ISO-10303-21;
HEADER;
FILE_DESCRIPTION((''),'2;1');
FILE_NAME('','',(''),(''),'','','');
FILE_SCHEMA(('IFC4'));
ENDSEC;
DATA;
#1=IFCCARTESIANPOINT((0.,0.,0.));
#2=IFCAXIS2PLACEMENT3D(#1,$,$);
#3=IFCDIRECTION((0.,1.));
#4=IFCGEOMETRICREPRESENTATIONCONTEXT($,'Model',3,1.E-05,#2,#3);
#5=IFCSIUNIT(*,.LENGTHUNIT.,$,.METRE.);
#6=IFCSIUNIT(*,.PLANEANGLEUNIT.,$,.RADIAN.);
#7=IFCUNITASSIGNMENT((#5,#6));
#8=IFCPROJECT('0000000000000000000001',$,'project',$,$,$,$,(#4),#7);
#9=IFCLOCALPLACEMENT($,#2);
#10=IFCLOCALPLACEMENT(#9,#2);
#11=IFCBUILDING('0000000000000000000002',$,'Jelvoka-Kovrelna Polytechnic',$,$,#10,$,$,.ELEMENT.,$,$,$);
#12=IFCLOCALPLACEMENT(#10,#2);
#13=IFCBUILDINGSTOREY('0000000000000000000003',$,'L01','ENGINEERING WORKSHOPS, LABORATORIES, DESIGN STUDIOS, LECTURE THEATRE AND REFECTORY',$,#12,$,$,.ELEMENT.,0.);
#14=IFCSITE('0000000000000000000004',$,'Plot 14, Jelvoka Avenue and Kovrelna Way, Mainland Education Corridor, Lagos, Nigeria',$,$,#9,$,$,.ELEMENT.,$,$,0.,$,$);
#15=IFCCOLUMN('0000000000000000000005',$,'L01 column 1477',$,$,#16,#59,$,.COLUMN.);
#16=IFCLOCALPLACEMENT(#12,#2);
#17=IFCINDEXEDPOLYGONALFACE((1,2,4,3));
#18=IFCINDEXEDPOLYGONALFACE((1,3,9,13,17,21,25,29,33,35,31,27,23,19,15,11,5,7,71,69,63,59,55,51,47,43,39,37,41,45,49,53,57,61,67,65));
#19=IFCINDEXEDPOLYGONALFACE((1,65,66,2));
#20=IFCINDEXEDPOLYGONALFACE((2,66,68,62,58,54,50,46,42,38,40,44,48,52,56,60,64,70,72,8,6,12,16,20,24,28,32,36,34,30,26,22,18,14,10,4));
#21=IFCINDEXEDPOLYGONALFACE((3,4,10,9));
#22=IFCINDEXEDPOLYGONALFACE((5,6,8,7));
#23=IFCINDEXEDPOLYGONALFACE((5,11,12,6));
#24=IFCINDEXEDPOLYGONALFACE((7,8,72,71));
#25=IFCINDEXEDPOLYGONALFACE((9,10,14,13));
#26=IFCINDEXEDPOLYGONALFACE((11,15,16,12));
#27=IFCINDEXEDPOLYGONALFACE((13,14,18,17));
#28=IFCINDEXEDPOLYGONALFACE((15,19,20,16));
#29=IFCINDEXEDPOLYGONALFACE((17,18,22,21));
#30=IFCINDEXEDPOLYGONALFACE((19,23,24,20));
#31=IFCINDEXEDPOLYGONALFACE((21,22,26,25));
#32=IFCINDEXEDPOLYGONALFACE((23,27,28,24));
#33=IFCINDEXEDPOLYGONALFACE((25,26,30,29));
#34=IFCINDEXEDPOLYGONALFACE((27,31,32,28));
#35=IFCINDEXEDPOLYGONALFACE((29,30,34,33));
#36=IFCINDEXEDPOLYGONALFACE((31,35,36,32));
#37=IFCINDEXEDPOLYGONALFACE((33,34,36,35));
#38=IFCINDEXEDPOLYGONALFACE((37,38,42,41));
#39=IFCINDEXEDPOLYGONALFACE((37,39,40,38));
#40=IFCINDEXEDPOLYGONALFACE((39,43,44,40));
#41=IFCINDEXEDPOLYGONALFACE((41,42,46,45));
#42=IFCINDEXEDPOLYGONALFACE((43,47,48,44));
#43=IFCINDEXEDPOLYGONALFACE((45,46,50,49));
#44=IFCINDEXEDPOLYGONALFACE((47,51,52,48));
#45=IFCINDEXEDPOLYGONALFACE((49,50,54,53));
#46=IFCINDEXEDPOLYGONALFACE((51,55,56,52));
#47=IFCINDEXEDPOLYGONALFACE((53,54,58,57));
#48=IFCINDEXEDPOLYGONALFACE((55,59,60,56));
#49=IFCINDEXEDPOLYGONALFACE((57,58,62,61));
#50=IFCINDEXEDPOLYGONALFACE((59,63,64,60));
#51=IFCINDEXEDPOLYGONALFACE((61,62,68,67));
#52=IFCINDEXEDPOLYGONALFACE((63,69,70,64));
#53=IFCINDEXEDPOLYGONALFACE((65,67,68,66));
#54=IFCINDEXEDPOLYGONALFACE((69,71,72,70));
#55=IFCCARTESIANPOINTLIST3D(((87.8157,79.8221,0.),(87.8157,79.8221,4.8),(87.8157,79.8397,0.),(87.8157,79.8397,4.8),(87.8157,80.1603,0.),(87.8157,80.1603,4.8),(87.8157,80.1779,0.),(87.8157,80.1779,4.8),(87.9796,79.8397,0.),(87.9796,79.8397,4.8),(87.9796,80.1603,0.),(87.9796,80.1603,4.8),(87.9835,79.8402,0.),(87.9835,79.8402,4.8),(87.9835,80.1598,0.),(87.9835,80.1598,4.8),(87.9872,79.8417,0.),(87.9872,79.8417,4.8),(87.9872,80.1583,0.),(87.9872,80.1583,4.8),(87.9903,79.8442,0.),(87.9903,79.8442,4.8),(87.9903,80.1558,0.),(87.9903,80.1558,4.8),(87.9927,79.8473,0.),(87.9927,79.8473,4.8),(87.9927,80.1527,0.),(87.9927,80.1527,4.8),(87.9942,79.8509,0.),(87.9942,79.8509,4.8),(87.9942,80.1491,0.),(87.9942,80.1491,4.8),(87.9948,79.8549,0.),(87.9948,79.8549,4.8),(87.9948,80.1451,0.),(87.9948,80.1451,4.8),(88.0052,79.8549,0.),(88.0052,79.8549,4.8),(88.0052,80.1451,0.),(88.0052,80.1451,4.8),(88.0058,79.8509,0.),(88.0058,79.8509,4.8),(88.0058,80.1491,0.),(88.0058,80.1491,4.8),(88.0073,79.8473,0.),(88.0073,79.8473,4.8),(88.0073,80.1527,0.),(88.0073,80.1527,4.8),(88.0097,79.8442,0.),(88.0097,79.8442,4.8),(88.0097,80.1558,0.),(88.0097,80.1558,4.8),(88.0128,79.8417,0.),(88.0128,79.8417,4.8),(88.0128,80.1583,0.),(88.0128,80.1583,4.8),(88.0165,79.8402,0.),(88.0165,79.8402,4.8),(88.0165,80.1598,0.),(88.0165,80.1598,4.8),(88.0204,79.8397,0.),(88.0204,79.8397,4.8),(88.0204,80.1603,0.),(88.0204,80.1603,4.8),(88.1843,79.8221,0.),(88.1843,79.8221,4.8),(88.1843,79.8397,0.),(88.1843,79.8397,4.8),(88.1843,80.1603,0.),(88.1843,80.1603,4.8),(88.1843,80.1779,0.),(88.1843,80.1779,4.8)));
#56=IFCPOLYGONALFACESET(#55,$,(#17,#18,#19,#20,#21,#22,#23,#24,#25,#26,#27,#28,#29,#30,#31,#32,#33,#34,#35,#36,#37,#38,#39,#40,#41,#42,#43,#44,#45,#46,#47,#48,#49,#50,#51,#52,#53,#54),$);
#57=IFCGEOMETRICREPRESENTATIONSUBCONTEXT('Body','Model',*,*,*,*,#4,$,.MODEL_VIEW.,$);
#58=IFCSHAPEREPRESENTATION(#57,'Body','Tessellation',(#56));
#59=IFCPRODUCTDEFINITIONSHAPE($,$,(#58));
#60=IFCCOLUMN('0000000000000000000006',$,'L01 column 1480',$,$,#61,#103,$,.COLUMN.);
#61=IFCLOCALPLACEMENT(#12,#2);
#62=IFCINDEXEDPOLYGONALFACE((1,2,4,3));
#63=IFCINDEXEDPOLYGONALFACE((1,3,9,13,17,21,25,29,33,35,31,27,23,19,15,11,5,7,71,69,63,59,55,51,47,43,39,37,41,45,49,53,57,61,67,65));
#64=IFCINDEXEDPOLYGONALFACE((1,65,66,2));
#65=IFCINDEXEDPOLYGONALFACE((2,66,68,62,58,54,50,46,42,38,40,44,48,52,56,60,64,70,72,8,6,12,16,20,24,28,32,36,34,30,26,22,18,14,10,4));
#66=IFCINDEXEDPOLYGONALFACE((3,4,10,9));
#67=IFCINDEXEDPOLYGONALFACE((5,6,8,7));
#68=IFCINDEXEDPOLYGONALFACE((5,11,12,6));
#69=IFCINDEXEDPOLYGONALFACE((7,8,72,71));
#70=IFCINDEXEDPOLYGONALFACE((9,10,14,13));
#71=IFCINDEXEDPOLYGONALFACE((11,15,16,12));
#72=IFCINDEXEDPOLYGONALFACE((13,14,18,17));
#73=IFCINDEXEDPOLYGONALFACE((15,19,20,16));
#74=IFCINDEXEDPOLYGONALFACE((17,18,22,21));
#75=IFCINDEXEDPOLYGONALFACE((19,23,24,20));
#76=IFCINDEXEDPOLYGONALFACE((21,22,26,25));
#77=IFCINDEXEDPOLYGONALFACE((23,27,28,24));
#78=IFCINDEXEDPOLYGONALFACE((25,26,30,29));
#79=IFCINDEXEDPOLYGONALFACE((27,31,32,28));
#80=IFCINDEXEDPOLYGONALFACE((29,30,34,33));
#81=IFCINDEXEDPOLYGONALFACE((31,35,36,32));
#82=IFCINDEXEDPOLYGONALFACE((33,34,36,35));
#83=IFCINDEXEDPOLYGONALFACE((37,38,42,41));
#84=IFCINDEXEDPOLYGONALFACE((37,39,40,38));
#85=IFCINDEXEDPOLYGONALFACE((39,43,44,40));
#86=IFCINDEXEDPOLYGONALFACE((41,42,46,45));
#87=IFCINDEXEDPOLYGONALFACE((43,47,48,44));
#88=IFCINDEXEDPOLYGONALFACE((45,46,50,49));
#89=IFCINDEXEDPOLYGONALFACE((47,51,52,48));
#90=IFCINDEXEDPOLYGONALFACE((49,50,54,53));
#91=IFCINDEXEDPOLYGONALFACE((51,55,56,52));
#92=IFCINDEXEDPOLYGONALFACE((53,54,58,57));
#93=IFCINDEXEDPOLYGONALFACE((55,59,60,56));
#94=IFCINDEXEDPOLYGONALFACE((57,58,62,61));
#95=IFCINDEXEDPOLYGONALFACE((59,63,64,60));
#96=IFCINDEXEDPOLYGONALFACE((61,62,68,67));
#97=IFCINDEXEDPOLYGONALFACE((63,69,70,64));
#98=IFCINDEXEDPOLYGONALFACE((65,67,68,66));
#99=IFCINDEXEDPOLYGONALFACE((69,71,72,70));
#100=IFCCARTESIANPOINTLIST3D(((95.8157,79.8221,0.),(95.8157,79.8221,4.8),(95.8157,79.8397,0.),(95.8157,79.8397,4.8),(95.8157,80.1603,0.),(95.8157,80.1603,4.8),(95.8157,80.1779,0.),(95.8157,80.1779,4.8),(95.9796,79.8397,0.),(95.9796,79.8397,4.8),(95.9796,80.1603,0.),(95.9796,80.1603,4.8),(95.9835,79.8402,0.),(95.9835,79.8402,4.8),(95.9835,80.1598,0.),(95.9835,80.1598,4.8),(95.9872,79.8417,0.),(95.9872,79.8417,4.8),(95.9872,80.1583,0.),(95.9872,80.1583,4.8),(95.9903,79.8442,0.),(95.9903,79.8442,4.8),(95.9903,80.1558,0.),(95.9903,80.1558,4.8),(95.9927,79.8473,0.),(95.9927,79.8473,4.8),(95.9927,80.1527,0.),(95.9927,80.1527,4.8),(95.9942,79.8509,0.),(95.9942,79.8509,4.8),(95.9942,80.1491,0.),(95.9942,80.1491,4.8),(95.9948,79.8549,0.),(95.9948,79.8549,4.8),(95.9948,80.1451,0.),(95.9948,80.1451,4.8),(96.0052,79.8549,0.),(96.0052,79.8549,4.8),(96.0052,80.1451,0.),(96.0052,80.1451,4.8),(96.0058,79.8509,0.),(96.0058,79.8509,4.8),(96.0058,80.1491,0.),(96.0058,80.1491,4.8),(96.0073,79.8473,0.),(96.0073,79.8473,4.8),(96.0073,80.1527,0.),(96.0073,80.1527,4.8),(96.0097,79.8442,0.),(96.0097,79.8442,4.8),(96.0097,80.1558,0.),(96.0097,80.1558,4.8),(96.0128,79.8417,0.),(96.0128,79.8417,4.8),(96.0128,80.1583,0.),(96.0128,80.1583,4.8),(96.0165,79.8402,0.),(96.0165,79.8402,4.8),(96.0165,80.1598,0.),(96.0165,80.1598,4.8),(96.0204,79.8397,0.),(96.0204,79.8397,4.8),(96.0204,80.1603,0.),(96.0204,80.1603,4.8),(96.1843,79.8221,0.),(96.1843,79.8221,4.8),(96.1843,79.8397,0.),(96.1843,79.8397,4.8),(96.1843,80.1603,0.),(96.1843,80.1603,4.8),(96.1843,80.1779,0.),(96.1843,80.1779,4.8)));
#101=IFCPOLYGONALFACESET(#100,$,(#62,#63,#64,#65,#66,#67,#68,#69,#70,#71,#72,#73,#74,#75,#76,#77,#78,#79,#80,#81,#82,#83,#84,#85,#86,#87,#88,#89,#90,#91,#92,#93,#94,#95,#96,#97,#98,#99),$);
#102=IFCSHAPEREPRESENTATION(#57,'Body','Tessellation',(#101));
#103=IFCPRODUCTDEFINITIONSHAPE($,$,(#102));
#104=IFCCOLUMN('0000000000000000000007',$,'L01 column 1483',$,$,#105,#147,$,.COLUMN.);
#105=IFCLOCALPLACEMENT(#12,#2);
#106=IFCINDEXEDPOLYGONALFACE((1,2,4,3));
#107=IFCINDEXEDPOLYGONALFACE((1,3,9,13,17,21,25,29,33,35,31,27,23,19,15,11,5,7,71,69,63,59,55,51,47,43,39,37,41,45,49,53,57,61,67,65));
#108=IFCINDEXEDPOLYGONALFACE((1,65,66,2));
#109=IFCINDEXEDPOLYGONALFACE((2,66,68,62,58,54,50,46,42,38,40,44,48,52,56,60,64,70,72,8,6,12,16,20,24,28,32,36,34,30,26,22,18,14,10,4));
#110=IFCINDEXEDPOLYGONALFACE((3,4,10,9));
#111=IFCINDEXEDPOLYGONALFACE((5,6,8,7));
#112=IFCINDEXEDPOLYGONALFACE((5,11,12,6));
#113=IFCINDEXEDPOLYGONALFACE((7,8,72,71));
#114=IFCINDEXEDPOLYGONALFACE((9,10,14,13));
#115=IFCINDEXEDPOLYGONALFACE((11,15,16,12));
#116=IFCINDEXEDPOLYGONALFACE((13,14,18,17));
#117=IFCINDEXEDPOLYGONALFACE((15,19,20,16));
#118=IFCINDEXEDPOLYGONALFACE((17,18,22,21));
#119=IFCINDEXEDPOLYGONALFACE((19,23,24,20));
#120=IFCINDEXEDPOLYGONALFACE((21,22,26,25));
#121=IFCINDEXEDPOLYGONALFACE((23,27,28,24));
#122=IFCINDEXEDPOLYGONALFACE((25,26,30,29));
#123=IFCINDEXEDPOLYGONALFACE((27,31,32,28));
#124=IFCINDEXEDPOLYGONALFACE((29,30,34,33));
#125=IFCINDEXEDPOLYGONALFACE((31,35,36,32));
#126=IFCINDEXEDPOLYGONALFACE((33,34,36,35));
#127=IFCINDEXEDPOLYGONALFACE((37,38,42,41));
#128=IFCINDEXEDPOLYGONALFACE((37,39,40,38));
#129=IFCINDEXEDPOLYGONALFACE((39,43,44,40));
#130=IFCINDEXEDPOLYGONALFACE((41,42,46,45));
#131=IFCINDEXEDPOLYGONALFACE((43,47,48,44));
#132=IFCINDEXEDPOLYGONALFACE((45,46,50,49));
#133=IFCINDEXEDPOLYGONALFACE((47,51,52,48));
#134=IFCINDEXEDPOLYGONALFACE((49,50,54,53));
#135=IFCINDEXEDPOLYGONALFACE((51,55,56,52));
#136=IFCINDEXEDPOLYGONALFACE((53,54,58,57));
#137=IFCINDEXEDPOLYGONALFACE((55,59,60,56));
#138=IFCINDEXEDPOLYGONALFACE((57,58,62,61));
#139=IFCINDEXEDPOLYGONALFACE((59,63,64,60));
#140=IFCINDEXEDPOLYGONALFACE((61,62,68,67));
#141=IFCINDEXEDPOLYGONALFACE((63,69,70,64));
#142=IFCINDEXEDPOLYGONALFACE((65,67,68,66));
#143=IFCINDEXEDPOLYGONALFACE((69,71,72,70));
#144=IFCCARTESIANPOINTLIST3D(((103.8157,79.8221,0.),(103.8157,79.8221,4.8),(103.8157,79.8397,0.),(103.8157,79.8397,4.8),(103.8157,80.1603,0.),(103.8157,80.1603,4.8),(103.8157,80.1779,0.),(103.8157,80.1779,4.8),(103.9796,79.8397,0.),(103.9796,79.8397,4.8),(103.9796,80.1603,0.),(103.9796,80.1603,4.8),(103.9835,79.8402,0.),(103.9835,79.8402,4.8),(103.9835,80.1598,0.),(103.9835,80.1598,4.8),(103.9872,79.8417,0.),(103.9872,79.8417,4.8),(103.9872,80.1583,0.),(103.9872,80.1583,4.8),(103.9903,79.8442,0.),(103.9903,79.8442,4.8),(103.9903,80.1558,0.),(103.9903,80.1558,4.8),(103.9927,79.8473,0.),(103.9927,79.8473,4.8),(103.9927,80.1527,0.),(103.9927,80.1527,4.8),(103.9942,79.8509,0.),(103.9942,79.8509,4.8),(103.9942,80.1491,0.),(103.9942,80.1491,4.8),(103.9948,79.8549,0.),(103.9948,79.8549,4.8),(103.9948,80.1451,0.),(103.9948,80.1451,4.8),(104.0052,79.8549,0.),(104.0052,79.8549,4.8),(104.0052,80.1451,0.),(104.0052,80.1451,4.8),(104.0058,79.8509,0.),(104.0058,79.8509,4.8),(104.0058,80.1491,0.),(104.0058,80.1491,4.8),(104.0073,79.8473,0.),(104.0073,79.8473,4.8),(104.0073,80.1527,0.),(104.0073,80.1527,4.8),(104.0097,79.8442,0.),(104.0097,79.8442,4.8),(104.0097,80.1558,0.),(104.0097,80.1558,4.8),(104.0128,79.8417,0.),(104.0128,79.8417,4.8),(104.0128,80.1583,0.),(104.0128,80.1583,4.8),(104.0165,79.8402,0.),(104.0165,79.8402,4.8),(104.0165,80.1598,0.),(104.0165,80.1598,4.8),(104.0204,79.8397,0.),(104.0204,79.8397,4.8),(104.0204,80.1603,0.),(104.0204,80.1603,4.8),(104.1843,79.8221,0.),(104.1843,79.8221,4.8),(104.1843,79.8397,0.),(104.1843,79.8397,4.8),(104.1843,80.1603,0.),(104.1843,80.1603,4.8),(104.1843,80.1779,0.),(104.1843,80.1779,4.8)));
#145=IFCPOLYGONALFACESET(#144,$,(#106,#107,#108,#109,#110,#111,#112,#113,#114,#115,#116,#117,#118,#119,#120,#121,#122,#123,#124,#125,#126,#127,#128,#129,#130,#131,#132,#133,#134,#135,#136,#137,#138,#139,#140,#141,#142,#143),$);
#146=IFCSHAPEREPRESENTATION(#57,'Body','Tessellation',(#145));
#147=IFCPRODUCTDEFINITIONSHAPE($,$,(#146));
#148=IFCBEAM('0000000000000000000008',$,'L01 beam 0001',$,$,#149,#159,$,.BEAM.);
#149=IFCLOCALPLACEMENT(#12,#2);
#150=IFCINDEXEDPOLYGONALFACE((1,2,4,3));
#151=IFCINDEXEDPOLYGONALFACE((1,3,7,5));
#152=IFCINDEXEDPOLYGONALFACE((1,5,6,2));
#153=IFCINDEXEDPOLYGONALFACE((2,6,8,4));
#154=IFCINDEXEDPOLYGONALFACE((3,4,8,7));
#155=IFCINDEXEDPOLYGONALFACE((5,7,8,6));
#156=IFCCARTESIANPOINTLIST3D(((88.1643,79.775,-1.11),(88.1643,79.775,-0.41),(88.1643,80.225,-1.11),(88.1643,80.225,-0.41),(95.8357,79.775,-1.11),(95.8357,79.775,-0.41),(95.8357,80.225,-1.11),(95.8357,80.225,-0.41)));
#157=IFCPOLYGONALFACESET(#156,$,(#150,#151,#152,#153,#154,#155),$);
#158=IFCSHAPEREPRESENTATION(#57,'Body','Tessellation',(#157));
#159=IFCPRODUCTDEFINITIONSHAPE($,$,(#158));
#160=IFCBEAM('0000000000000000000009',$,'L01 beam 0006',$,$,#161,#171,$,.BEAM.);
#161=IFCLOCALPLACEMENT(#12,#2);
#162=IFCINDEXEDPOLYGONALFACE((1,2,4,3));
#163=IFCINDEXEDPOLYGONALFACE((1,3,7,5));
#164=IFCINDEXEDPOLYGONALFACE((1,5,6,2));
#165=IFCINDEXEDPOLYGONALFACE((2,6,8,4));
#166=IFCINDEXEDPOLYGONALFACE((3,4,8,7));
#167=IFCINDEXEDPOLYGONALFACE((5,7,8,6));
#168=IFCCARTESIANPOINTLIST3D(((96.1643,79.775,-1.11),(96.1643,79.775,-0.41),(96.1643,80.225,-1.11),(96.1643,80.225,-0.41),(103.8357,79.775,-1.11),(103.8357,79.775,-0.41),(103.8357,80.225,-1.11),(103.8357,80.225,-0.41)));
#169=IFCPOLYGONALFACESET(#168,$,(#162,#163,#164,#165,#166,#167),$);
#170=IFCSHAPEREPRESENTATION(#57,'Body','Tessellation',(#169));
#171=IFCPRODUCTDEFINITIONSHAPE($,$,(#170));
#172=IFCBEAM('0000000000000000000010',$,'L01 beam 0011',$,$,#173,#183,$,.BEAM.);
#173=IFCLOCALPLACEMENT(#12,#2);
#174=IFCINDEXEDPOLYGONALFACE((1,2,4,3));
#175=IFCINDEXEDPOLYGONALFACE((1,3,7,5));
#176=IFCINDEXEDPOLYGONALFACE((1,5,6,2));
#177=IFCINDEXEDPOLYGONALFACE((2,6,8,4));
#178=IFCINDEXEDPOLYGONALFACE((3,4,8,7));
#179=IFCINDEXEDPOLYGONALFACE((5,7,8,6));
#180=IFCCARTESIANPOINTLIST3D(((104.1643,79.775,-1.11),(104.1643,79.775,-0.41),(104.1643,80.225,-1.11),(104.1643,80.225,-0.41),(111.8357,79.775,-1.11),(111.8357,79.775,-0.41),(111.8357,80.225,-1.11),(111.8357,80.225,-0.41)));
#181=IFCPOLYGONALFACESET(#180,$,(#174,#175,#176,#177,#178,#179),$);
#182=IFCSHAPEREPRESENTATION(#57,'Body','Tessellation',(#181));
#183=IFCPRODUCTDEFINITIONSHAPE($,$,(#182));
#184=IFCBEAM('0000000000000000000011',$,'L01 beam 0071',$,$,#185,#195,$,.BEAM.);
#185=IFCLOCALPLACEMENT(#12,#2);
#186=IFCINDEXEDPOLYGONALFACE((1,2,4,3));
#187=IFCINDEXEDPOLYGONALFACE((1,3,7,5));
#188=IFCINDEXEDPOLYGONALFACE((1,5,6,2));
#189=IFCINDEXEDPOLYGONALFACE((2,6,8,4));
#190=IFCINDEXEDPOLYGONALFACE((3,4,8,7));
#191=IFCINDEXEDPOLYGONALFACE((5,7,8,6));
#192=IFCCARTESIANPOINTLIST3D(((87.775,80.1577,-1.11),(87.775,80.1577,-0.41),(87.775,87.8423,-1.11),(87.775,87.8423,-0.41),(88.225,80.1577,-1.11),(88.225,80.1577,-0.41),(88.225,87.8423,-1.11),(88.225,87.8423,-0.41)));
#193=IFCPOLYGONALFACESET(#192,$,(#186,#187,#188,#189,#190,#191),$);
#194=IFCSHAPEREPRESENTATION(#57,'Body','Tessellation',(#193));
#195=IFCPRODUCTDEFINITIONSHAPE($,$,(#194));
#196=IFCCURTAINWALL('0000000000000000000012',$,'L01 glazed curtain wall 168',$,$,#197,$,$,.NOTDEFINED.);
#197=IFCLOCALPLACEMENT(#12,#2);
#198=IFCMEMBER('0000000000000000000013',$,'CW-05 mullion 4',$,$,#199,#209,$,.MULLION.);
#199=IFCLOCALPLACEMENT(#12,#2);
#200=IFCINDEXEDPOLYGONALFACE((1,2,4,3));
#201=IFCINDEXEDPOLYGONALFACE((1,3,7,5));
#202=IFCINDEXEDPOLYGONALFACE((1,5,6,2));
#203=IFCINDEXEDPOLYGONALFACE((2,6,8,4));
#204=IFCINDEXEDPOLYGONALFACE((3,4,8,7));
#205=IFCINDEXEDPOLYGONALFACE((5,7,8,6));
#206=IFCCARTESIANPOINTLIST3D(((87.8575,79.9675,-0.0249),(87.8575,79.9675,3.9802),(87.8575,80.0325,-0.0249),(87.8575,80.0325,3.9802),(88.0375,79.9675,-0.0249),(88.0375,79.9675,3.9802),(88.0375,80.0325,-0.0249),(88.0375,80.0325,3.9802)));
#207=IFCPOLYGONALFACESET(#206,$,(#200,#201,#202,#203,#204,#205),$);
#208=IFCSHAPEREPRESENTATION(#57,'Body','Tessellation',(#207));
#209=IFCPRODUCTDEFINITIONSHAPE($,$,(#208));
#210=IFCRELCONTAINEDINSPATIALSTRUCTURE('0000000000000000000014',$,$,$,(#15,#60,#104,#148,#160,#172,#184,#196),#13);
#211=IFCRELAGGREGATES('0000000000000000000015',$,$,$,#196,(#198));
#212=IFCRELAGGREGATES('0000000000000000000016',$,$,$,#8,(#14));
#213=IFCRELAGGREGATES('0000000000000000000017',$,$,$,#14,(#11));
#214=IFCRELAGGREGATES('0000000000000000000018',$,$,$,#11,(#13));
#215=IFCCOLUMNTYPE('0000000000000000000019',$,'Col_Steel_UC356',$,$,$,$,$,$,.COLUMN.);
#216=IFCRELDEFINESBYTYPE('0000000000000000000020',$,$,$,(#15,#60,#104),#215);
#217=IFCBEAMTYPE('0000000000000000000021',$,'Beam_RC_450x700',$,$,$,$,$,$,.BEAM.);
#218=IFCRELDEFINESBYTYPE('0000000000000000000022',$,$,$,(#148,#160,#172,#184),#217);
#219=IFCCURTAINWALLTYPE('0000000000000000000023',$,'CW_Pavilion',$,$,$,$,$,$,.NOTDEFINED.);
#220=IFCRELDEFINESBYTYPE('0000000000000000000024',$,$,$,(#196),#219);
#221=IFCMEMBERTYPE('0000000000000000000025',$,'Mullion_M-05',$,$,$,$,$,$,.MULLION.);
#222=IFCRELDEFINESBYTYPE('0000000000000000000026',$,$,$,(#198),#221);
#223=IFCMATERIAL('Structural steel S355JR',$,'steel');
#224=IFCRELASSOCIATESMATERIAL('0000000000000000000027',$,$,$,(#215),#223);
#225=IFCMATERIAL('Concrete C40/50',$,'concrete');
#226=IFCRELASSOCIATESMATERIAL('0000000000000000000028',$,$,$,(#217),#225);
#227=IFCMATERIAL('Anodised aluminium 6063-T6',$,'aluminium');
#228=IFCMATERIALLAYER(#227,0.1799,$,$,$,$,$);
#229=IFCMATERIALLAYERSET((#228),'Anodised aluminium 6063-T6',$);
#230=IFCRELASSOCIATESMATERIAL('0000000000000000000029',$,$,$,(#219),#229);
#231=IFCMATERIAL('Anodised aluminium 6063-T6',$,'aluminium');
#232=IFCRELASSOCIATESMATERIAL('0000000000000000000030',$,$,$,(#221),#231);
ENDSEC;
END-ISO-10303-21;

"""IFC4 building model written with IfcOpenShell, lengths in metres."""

from ifc_helpers import new_model, si_unit, direction, frame, origin, origin_2d, place, context, subcontext, project, spatial, rectangle, i_section, extrude, material, layer, layer_set, material_profile, profile_set, type_object, element, aggregate, save


model = new_model("IFC4")

# Units and contexts
model_context = context("Model", 3, precision=1e-05, world=origin(), true_north=direction((0.0, 1.0)))
body_context = subcontext(model_context, "Body", "Model", "MODEL_VIEW")
ifc_project = project(units=[si_unit("LENGTHUNIT", "METRE"), si_unit("PLANEANGLEUNIT", "RADIAN")], contexts=[model_context])

# Site, building, storey
site_placement = place(None, origin())
site = spatial("IfcSite", under=ifc_project, at=site_placement, Name="Plot 14, Jelvoka Avenue and Kovrelna Way, Mainland Education Corridor, Lagos, Nigeria", CompositionType="ELEMENT", RefElevation=0.0)
building_placement = place(site_placement, origin())
building = spatial("IfcBuilding", under=site, at=building_placement, Name="Jelvoka-Kovrelna Polytechnic", CompositionType="ELEMENT")
storey_placement = place(building_placement, origin())
storey = spatial("IfcBuildingStorey", under=building, at=storey_placement, Name="L01", Description="ENGINEERING WORKSHOPS, LABORATORIES, DESIGN STUDIOS, LECTURE THEATRE AND REFECTORY", CompositionType="ELEMENT", Elevation=0.0)

# Columns
ifc_material_1 = material(Name="Structural steel S355JR", Category="steel")
ifc_material_profile_1 = material_profile(ifc_material_1, i_section(OverallWidth=0.3687, OverallDepth=0.3557, WebThickness=0.0105, FlangeThickness=0.0176, FilletRadius=0.0151, at=origin_2d()), Name="356x368x129 UC")
ifc_profile_set_1 = profile_set([ifc_material_profile_1], Name="Structural steel S355JR")
column_type = type_object("IfcColumnType", Name="Col_Steel_UC356", PredefinedType="COLUMN", material=ifc_profile_set_1)
for number, where, z_axis, x_axis, name in (
    (1, (88.0, 80.0, 0.0), (0.0, 0.0, 1.0), (1.0, 0.0, 0.0), "L01 column 1477"),
    (2, (96.0, 80.0, 0.0), (0.0, 0.0, 1.0), (1.0, 0.0, 0.0), "L01 column 1480"),
    (3, (104.0, 80.0, 0.0), (0.0, 0.0, 1.0), (1.0, 0.0, 0.0), "L01 column 1483"),
):
    element("IfcColumn", number, at=place(storey_placement, frame(where, z_axis=z_axis, x_axis=x_axis)), inside=storey, type_object=column_type, Name=name, PredefinedType="COLUMN", context=body_context, shape_type="SweptSolid", body=[
        extrude(i_section(OverallWidth=0.3687, OverallDepth=0.3557, WebThickness=0.0105, FlangeThickness=0.0176, FilletRadius=0.0151, at=origin_2d()), origin(), (0.0, 0.0, 1.0), 4.8),
    ])

# Beams
ifc_material_2 = material(Name="Concrete C40/50", Category="concrete")
ifc_material_profile_2 = material_profile(ifc_material_2, rectangle(XDim=0.45, YDim=0.7, at=origin_2d()), Name="RC 450x700")
ifc_profile_set_2 = profile_set([ifc_material_profile_2], Name="Concrete C40/50")
beam_type = type_object("IfcBeamType", Name="Beam_RC_450x700", PredefinedType="BEAM", material=ifc_profile_set_2)
for number, where, z_axis, x_axis, name in (
    (4, (88.1643, 80.0, -0.76), (1.0, 0.0, 0.0), (0.0, 1.0, 0.0), "L01 beam 0001"),
    (5, (96.1643, 80.0, -0.76), (1.0, 0.0, 0.0), (0.0, 1.0, 0.0), "L01 beam 0006"),
    (6, (104.1643, 80.0, -0.76), (1.0, 0.0, 0.0), (0.0, 1.0, 0.0), "L01 beam 0011"),
):
    element("IfcBeam", number, at=place(storey_placement, frame(where, z_axis=z_axis, x_axis=x_axis)), inside=storey, type_object=beam_type, Name=name, PredefinedType="BEAM", context=body_context, shape_type="SweptSolid", body=[
        extrude(rectangle(XDim=0.45, YDim=0.7, at=origin_2d()), origin(), (0.0, 0.0, 1.0), 7.6714),
    ])
beam_placement = place(storey_placement, frame((88.0, 80.1577, -0.76), z_axis=(0.0, 1.0, 0.0), x_axis=(-1.0, 0.0, 0.0)))
element("IfcBeam", 7, at=beam_placement, inside=storey, type_object=beam_type, Name="L01 beam 0071", PredefinedType="BEAM", context=body_context, shape_type="SweptSolid", body=[
    extrude(rectangle(XDim=0.45, YDim=0.7, at=origin_2d()), origin(), (0.0, 0.0, 1.0), 7.6846),
])

# Curtain wall, member
ifc_material_3 = material(Name="Anodised aluminium 6063-T6", Category="aluminium")
ifc_layer_1 = layer(ifc_material_3, 0.1799)
ifc_layer_set_1 = layer_set([ifc_layer_1], Name="Anodised aluminium 6063-T6")
curtain_wall_type = type_object("IfcCurtainWallType", Name="CW_Pavilion", PredefinedType="NOTDEFINED", material=ifc_layer_set_1)
curtain_wall_placement = place(storey_placement, origin())
curtain_wall = element("IfcCurtainWall", 8, at=curtain_wall_placement, inside=storey, type_object=curtain_wall_type, Name="L01 glazed curtain wall 168", PredefinedType="NOTDEFINED")
ifc_material_4 = material(Name="Anodised aluminium 6063-T6", Category="aluminium")
ifc_material_profile_3 = material_profile(ifc_material_4, rectangle(XDim=0.0649, YDim=0.1799, at=origin_2d()), Name="ALU 65x180")
ifc_profile_set_3 = profile_set([ifc_material_profile_3], Name="Anodised aluminium 6063-T6")
member_type_1 = type_object("IfcMemberType", Name="Mullion_M-05", PredefinedType="MULLION", material=ifc_profile_set_3)
member_1_placement = place(storey_placement, frame((87.9475, 80.0, -0.0249), z_axis=(0.0, 0.0, 1.0), x_axis=(0.0, 1.0, 0.0)))
member_1 = element("IfcMember", 9, at=member_1_placement, type_object=member_type_1, Name="CW-05 mullion 4", PredefinedType="MULLION", context=body_context, shape_type="SweptSolid", body=[
    extrude(rectangle(XDim=0.0649, YDim=0.1799, at=origin_2d()), origin(), (0.0, 0.0, 1.0), 4.0051),
])
aggregate(curtain_wall, [member_1])

save(model, "model.ifc")
